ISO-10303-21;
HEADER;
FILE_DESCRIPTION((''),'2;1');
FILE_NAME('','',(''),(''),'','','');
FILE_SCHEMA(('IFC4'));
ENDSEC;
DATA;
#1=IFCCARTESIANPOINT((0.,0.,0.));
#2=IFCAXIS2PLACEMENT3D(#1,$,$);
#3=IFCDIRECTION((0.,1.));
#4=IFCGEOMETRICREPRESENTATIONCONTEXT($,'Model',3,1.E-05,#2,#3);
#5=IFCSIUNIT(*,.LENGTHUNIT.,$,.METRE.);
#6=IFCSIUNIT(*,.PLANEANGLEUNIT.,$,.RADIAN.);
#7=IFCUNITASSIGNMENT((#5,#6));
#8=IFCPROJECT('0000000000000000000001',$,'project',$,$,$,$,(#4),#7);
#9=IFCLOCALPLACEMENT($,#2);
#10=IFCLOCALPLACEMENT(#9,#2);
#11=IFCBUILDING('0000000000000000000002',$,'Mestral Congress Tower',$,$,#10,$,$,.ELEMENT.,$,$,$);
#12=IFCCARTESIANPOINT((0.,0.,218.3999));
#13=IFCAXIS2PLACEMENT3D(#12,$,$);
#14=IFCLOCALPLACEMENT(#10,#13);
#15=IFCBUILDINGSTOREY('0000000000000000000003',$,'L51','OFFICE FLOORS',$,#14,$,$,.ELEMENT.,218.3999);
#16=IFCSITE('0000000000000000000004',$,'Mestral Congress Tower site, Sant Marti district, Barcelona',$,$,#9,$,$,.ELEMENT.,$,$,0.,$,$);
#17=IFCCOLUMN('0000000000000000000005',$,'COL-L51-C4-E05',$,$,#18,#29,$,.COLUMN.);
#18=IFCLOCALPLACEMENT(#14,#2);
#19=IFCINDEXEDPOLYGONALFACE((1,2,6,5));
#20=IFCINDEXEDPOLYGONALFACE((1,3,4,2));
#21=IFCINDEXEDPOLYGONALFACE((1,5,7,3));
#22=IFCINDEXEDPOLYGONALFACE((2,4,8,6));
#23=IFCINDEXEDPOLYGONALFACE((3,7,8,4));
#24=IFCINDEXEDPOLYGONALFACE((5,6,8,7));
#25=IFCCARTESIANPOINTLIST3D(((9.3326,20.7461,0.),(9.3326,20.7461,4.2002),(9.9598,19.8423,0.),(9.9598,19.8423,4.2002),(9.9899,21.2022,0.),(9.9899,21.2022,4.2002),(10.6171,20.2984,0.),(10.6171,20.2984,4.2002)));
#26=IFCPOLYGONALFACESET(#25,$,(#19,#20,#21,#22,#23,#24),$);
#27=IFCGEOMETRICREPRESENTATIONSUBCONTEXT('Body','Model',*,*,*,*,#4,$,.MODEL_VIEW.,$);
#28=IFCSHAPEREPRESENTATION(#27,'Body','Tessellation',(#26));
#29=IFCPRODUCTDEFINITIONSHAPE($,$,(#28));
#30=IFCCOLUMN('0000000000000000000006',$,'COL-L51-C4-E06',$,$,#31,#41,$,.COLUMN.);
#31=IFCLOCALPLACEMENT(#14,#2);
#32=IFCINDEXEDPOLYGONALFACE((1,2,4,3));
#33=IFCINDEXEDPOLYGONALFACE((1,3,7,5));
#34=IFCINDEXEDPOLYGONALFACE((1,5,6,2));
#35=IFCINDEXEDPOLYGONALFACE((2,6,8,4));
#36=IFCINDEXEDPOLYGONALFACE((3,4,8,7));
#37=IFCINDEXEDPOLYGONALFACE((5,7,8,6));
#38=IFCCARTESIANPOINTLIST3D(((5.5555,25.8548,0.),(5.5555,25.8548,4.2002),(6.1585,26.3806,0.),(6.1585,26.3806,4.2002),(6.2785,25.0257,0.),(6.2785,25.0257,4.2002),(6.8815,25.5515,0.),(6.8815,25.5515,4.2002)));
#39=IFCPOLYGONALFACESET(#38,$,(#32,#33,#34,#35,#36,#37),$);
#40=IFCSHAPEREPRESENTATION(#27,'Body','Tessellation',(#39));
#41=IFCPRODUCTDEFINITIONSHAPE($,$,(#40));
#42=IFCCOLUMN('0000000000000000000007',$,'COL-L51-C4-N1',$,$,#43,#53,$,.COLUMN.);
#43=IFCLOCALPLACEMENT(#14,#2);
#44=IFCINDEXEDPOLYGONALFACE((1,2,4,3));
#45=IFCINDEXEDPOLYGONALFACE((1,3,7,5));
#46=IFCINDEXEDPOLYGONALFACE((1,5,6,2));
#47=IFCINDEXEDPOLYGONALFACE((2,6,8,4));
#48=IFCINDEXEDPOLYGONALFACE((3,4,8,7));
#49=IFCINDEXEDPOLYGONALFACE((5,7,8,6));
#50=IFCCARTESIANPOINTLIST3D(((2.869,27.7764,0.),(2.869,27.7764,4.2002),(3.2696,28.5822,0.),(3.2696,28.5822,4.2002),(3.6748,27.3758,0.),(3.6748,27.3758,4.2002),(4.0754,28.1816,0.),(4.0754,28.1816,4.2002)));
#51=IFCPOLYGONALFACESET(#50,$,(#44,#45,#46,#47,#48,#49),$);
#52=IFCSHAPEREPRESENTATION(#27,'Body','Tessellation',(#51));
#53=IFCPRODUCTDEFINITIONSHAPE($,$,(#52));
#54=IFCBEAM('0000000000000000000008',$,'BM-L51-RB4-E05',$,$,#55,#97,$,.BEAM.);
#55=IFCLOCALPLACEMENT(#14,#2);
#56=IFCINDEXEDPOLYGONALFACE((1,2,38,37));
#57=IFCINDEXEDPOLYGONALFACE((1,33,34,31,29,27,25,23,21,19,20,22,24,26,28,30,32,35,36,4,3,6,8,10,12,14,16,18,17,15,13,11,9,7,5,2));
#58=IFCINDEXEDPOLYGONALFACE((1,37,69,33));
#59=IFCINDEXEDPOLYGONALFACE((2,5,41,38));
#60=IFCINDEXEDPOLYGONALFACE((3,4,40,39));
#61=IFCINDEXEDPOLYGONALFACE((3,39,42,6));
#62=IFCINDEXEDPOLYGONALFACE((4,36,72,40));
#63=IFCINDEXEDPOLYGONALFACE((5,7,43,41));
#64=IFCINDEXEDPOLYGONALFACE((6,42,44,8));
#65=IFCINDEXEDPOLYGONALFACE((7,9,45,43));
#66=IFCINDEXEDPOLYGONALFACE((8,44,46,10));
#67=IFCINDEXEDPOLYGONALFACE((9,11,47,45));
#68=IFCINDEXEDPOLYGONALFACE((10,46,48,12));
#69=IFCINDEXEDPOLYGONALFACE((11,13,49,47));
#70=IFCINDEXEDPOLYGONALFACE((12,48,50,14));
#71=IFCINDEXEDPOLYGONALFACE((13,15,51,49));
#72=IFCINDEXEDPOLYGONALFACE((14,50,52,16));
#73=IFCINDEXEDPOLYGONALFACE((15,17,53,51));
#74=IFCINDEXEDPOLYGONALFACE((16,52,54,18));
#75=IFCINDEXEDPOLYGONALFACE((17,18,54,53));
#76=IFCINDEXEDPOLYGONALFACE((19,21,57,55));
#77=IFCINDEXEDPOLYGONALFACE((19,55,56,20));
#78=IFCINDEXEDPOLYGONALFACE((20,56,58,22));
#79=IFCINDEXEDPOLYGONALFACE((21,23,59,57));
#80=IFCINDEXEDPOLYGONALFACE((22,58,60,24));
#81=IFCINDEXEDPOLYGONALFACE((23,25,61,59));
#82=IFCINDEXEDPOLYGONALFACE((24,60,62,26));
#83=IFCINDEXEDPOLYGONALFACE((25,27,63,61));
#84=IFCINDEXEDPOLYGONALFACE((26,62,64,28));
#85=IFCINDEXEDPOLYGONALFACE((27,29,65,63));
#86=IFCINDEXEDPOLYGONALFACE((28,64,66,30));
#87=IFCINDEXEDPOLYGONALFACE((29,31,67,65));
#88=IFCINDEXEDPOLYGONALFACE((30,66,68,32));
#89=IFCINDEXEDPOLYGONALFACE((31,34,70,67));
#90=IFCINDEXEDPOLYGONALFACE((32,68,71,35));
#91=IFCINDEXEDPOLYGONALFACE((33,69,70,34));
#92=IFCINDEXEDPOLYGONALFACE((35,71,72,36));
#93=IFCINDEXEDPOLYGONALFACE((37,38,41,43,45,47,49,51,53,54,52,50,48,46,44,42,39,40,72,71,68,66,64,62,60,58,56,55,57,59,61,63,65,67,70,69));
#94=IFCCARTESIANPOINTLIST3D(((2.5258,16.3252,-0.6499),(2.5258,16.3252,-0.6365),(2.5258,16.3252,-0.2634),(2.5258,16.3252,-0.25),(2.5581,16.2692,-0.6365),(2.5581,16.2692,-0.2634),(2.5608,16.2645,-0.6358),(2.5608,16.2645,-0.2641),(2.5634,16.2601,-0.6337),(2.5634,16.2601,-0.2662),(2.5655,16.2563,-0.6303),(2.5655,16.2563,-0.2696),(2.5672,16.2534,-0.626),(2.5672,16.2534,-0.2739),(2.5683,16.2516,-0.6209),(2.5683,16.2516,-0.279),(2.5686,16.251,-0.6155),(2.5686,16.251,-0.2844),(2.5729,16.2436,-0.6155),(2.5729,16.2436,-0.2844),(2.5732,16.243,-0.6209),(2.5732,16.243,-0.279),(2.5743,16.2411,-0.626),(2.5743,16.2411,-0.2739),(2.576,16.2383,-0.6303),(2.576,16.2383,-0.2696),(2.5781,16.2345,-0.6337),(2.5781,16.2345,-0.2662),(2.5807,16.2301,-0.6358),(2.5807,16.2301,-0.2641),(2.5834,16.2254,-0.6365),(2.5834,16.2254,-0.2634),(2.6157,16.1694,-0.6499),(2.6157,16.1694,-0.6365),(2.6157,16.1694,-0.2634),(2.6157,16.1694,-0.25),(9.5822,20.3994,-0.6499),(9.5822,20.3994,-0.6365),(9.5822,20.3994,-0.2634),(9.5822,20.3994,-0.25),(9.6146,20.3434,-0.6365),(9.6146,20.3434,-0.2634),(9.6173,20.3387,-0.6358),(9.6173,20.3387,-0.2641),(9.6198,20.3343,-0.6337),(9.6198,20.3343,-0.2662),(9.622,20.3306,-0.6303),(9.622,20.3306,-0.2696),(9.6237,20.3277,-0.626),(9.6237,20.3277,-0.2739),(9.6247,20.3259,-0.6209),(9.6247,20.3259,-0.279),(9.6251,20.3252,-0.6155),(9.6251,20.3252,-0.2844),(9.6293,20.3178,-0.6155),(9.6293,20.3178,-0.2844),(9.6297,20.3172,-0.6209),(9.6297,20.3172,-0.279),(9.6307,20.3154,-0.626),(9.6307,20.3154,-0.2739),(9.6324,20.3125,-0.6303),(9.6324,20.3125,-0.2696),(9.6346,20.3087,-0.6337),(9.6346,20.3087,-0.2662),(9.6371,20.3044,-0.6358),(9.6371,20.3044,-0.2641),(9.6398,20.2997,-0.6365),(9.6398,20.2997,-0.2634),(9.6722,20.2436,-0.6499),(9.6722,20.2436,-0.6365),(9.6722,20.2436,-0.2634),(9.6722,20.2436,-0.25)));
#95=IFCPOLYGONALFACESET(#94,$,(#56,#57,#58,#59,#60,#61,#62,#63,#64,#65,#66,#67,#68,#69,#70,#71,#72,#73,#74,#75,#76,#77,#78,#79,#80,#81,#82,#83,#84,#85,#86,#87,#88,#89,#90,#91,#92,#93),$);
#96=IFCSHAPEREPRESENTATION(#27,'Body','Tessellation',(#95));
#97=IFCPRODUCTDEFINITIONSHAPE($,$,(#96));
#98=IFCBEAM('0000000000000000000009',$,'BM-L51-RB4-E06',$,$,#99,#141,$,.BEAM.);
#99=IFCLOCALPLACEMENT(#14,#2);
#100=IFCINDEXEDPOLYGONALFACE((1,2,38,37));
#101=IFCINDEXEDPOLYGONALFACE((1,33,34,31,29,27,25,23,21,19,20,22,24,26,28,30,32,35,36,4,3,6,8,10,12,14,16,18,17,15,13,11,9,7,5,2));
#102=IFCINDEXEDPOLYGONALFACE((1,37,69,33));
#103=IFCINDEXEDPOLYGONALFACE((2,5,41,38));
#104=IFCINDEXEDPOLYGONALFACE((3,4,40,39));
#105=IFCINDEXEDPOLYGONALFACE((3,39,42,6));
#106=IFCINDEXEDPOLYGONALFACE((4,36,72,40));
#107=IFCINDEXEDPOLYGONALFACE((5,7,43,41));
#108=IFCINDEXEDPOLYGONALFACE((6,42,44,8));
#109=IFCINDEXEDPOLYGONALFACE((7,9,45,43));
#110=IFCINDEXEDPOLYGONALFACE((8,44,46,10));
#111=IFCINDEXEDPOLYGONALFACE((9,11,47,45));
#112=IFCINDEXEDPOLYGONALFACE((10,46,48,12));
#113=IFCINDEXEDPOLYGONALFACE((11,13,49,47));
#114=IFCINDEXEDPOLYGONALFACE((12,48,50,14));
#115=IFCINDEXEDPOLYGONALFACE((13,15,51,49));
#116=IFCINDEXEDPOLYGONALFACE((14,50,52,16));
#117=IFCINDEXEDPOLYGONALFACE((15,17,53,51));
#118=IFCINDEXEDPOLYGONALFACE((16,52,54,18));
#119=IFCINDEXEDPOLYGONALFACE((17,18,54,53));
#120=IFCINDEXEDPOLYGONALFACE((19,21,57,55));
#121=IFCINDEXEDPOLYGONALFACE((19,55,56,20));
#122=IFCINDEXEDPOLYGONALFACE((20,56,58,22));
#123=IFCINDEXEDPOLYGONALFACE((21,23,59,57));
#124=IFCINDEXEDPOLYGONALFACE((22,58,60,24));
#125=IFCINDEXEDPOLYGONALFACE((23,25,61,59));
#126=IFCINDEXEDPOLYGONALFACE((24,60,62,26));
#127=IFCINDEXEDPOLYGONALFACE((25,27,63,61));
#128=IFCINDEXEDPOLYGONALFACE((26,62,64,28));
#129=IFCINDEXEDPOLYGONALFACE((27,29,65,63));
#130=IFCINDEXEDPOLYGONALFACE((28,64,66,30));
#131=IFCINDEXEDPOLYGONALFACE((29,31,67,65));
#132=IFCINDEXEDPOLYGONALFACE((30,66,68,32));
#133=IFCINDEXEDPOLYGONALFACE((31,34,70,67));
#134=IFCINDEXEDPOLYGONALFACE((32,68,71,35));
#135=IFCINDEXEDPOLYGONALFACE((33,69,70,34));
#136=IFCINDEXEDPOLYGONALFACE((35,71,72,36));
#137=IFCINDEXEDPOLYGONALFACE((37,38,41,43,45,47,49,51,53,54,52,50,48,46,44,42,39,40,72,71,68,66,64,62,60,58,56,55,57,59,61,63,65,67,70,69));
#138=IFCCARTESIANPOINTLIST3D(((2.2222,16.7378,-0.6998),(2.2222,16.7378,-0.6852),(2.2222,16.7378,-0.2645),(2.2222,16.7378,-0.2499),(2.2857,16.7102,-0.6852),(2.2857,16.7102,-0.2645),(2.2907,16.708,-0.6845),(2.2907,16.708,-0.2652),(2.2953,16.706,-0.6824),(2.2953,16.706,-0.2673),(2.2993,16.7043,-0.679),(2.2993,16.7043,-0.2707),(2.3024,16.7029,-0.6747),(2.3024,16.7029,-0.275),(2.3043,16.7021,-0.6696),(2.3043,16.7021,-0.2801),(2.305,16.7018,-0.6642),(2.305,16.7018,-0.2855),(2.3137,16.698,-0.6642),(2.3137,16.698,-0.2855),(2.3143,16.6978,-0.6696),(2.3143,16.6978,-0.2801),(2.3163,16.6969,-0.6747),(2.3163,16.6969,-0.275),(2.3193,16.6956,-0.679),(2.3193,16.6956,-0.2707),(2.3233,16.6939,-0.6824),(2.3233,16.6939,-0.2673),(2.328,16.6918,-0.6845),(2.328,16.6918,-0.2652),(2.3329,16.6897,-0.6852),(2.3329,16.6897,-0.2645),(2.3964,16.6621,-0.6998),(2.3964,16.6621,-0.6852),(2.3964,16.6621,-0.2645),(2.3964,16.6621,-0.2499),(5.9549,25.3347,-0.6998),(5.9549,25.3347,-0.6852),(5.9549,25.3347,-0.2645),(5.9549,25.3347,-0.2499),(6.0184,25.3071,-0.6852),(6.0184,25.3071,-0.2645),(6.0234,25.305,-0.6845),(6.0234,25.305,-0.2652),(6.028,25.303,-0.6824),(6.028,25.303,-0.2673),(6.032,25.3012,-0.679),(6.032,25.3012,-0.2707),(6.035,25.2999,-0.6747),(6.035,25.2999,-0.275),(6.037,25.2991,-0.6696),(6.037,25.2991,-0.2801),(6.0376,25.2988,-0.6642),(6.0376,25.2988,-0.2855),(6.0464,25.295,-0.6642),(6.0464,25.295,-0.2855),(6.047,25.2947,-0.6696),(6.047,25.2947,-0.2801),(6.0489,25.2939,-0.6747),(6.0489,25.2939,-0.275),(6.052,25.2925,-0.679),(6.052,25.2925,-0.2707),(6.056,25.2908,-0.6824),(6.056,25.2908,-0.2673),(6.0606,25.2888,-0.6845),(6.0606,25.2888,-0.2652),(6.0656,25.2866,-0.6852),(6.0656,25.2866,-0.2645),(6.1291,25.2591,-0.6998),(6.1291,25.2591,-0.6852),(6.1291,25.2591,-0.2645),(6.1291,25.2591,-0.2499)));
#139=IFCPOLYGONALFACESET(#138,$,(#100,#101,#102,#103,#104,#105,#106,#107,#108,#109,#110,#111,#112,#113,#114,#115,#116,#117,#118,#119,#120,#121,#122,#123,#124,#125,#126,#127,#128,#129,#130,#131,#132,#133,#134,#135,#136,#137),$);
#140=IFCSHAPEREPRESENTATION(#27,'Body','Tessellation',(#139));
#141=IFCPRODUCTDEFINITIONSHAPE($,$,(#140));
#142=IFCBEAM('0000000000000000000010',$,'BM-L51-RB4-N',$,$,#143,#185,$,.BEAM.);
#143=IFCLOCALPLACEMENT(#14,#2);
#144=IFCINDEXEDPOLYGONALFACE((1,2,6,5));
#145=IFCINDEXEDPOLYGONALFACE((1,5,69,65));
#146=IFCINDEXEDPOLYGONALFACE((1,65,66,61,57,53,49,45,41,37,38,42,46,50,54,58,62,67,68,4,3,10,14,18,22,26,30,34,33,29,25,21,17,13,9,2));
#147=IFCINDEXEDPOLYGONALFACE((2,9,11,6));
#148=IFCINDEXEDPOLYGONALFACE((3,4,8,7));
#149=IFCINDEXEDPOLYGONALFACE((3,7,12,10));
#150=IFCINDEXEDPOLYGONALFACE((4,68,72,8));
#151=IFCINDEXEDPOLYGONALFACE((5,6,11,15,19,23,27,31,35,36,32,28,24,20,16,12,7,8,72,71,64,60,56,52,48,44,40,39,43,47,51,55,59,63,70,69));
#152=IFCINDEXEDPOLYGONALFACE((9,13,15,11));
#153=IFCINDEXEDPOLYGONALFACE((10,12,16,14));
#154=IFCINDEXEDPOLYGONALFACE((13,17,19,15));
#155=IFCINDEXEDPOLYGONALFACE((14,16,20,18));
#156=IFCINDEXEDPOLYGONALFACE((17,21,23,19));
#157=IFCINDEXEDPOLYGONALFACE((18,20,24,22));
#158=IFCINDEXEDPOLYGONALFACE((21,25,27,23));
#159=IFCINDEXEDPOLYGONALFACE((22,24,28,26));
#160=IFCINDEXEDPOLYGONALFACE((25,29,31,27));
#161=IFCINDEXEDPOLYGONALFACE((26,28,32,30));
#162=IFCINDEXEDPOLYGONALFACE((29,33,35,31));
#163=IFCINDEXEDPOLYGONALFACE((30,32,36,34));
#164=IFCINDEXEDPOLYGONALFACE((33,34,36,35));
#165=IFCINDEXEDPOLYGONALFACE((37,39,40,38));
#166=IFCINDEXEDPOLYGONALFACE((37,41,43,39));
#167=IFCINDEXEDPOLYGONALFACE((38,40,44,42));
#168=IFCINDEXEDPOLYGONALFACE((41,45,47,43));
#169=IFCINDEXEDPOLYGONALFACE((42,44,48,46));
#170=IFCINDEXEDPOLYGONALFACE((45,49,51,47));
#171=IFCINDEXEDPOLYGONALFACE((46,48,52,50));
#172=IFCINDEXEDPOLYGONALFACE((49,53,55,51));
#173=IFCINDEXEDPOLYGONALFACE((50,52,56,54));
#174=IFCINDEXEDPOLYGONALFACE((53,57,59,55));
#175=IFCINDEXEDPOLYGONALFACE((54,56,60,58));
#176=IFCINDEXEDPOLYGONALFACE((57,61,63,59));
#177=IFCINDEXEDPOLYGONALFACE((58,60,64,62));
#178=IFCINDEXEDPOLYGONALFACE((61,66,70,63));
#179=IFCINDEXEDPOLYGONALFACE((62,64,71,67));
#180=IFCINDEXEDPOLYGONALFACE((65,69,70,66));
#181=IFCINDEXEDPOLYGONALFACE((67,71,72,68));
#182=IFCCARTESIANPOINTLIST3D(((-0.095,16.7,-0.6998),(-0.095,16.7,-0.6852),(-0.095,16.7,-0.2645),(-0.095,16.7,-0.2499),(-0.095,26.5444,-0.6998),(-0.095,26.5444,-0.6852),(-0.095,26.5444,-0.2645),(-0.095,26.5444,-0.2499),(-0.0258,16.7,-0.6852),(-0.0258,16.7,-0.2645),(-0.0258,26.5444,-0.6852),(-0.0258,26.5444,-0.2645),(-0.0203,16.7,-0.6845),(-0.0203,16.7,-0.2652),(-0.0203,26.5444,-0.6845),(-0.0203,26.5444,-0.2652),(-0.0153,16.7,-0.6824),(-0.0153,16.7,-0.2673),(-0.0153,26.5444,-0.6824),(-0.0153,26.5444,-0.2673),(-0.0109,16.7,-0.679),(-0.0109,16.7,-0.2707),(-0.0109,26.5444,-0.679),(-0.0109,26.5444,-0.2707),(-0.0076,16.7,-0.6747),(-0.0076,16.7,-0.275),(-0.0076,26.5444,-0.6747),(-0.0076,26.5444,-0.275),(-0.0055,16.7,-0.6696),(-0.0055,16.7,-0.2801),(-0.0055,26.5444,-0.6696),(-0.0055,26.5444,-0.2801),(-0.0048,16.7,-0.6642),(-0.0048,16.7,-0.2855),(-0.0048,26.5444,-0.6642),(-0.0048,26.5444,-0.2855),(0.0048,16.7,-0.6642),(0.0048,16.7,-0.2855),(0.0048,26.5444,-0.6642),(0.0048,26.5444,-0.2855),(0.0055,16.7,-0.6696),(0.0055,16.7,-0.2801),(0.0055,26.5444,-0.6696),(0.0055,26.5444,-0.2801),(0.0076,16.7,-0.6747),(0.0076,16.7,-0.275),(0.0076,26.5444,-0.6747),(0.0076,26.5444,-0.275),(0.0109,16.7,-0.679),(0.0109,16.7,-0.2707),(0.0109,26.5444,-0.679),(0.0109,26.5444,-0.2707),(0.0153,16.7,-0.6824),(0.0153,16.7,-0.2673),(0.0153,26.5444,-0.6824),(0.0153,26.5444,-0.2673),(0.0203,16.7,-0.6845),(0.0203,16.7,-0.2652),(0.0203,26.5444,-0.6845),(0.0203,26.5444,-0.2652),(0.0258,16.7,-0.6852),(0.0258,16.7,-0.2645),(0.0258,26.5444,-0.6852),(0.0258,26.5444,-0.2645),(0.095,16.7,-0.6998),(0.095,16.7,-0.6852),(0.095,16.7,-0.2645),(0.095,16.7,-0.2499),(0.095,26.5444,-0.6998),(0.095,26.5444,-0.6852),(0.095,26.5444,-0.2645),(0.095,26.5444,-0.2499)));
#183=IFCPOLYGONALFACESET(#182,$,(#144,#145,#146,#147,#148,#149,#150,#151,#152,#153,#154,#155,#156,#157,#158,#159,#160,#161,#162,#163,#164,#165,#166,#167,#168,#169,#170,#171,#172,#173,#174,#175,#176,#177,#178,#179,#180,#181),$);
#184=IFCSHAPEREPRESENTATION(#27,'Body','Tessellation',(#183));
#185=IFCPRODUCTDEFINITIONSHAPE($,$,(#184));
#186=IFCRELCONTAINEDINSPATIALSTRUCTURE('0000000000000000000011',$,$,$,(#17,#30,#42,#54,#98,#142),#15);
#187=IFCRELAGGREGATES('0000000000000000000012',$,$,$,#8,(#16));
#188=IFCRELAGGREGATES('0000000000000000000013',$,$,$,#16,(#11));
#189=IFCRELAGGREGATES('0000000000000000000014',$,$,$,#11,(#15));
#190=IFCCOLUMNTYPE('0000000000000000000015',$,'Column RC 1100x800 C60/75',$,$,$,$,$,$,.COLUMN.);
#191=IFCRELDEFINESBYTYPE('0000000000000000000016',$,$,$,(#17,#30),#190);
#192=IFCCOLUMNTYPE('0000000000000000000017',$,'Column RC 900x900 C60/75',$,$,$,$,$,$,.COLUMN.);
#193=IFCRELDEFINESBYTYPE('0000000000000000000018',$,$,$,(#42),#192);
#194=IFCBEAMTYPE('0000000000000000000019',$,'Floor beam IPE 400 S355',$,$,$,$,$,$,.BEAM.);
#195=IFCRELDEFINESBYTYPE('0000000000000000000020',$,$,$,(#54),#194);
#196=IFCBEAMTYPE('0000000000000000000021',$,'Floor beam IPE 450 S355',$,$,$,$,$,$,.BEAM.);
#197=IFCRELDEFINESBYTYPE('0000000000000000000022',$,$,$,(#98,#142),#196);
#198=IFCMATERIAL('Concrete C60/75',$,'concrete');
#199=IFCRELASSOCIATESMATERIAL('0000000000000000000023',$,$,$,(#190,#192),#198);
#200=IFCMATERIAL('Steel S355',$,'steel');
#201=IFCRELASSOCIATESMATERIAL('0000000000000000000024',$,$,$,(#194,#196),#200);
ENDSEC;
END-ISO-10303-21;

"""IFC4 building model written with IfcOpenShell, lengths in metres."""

from ifc_helpers import new_model, si_unit, direction, frame, origin, origin_2d, place, context, subcontext, project, spatial, rectangle, i_section, extrude, material, material_profile, profile_set, type_object, element, save


model = new_model("IFC4")

# Units and contexts
model_context = context("Model", 3, precision=1e-05, world=origin(), true_north=direction((0.0, 1.0)))
body_context = subcontext(model_context, "Body", "Model", "MODEL_VIEW")
ifc_project = project(units=[si_unit("LENGTHUNIT", "METRE"), si_unit("PLANEANGLEUNIT", "RADIAN")], contexts=[model_context])

# Site, building, storey
site_placement = place(None, origin())
site = spatial("IfcSite", under=ifc_project, at=site_placement, Name="Mestral Congress Tower site, Sant Marti district, Barcelona", CompositionType="ELEMENT", RefElevation=0.0)
building_placement = place(site_placement, origin())
building = spatial("IfcBuilding", under=site, at=building_placement, Name="Mestral Congress Tower", CompositionType="ELEMENT")
storey_placement = place(building_placement, frame((0.0, 0.0, 218.3999)))
storey = spatial("IfcBuildingStorey", under=building, at=storey_placement, Name="L51", Description="OFFICE FLOORS", CompositionType="ELEMENT", Elevation=218.3999)

# Columns
ifc_material_1 = material(Name="Concrete C60/75", Category="concrete")
ifc_material_profile_1 = material_profile(ifc_material_1, rectangle(XDim=1.1001, YDim=0.8, at=origin_2d()), Name="RC 1100x800")
ifc_profile_set_1 = profile_set([ifc_material_profile_1], Name="Concrete C60/75")
column_type_1 = type_object("IfcColumnType", Name="Column RC 1100x800 C60/75", PredefinedType="COLUMN", material=ifc_profile_set_1)
for number, where, z_axis, x_axis, name in (
    (1, (9.9749, 20.5222, 0.0), (0.0, 0.0, 1.0), (-0.570084, 0.821586, 0.0), "COL-L51-C4-E05"),
    (2, (6.2185, 25.7031, 0.0), (0.0, 0.0, 1.0), (-0.65725, 0.753672, 0.0), "COL-L51-C4-E06"),
):
    element("IfcColumn", number, at=place(storey_placement, frame(where, z_axis=z_axis, x_axis=x_axis)), inside=storey, type_object=column_type_1, Name=name, PredefinedType="COLUMN", context=body_context, shape_type="SweptSolid", body=[
        extrude(rectangle(XDim=1.1001, YDim=0.8, at=origin_2d()), origin(), (0.0, 0.0, 1.0), 4.2002),
    ])
ifc_material_profile_2 = material_profile(ifc_material_1, rectangle(XDim=0.8999, YDim=0.8999, at=origin_2d()), Name="RC 900x900")
ifc_profile_set_2 = profile_set([ifc_material_profile_2], Name="Concrete C60/75")
column_type_2 = type_object("IfcColumnType", Name="Column RC 900x900 C60/75", PredefinedType="COLUMN", material=ifc_profile_set_2)
column_placement = place(storey_placement, frame((3.4722, 27.979, 0.0), z_axis=(0.0, 0.0, 1.0), x_axis=(-0.895456, 0.445149, 0.0)))
element("IfcColumn", 3, at=column_placement, inside=storey, type_object=column_type_2, Name="COL-L51-C4-N1", PredefinedType="COLUMN", context=body_context, shape_type="SweptSolid", body=[
    extrude(rectangle(XDim=0.8999, YDim=0.8999, at=origin_2d()), origin(), (0.0, 0.0, 1.0), 4.2002),
])

# Beams
ifc_material_2 = material(Name="Steel S355", Category="steel")
ifc_material_profile_3 = material_profile(ifc_material_2, i_section(OverallWidth=0.1799, OverallDepth=0.3999, WebThickness=0.0085, FlangeThickness=0.0134, FilletRadius=0.021, at=origin_2d()), Name="IPE 400")
ifc_profile_set_3 = profile_set([ifc_material_profile_3], Name="Steel S355")
beam_type_1 = type_object("IfcBeamType", Name="Floor beam IPE 400 S355", PredefinedType="BEAM", material=ifc_profile_set_3)
beam_1_placement = place(storey_placement, frame((9.6272, 20.3215, -0.45), z_axis=(-0.866014, -0.500019, 0.0), x_axis=(0.500019, -0.866014, 0.0)))
element("IfcBeam", 4, at=beam_1_placement, inside=storey, type_object=beam_type_1, Name="BM-L51-RB4-E05", PredefinedType="BEAM", context=body_context, shape_type="SweptSolid", body=[
    extrude(i_section(OverallWidth=0.1799, OverallDepth=0.3999, WebThickness=0.0085, FlangeThickness=0.0134, FilletRadius=0.021, at=origin_2d()), origin(), (0.0, 0.0, 1.0), 8.1482),
])
ifc_material_profile_4 = material_profile(ifc_material_2, i_section(OverallWidth=0.1899, OverallDepth=0.45, WebThickness=0.0095, FlangeThickness=0.0146, FilletRadius=0.021, at=origin_2d()), Name="IPE 450")
ifc_profile_set_4 = profile_set([ifc_material_profile_4], Name="Steel S355")
beam_type_2 = type_object("IfcBeamType", Name="Floor beam IPE 450 S355", PredefinedType="BEAM", material=ifc_profile_set_4)
beam_2_placement = place(storey_placement, frame((6.042, 25.2969, -0.4749), z_axis=(-0.398266, -0.91727, 0.0), x_axis=(0.91727, -0.398266, 0.0)))
element("IfcBeam", 5, at=beam_2_placement, inside=storey, type_object=beam_type_2, Name="BM-L51-RB4-E06", PredefinedType="BEAM", context=body_context, shape_type="SweptSolid", body=[
    extrude(i_section(OverallWidth=0.1899, OverallDepth=0.45, WebThickness=0.0095, FlangeThickness=0.0146, FilletRadius=0.021, at=origin_2d()), origin(), (0.0, 0.0, 1.0), 9.3723),
])
beam_3_placement = place(storey_placement, frame((0.0, 26.5444, -0.4749), z_axis=(0.0, -1.0, 0.0), x_axis=(1.0, 0.0, 0.0)))
element("IfcBeam", 6, at=beam_3_placement, inside=storey, type_object=beam_type_2, Name="BM-L51-RB4-N", PredefinedType="BEAM", context=body_context, shape_type="SweptSolid", body=[
    extrude(i_section(OverallWidth=0.1899, OverallDepth=0.45, WebThickness=0.0095, FlangeThickness=0.0146, FilletRadius=0.021, at=origin_2d()), origin(), (0.0, 0.0, 1.0), 9.8445),
])

save(model, "model.ifc")
